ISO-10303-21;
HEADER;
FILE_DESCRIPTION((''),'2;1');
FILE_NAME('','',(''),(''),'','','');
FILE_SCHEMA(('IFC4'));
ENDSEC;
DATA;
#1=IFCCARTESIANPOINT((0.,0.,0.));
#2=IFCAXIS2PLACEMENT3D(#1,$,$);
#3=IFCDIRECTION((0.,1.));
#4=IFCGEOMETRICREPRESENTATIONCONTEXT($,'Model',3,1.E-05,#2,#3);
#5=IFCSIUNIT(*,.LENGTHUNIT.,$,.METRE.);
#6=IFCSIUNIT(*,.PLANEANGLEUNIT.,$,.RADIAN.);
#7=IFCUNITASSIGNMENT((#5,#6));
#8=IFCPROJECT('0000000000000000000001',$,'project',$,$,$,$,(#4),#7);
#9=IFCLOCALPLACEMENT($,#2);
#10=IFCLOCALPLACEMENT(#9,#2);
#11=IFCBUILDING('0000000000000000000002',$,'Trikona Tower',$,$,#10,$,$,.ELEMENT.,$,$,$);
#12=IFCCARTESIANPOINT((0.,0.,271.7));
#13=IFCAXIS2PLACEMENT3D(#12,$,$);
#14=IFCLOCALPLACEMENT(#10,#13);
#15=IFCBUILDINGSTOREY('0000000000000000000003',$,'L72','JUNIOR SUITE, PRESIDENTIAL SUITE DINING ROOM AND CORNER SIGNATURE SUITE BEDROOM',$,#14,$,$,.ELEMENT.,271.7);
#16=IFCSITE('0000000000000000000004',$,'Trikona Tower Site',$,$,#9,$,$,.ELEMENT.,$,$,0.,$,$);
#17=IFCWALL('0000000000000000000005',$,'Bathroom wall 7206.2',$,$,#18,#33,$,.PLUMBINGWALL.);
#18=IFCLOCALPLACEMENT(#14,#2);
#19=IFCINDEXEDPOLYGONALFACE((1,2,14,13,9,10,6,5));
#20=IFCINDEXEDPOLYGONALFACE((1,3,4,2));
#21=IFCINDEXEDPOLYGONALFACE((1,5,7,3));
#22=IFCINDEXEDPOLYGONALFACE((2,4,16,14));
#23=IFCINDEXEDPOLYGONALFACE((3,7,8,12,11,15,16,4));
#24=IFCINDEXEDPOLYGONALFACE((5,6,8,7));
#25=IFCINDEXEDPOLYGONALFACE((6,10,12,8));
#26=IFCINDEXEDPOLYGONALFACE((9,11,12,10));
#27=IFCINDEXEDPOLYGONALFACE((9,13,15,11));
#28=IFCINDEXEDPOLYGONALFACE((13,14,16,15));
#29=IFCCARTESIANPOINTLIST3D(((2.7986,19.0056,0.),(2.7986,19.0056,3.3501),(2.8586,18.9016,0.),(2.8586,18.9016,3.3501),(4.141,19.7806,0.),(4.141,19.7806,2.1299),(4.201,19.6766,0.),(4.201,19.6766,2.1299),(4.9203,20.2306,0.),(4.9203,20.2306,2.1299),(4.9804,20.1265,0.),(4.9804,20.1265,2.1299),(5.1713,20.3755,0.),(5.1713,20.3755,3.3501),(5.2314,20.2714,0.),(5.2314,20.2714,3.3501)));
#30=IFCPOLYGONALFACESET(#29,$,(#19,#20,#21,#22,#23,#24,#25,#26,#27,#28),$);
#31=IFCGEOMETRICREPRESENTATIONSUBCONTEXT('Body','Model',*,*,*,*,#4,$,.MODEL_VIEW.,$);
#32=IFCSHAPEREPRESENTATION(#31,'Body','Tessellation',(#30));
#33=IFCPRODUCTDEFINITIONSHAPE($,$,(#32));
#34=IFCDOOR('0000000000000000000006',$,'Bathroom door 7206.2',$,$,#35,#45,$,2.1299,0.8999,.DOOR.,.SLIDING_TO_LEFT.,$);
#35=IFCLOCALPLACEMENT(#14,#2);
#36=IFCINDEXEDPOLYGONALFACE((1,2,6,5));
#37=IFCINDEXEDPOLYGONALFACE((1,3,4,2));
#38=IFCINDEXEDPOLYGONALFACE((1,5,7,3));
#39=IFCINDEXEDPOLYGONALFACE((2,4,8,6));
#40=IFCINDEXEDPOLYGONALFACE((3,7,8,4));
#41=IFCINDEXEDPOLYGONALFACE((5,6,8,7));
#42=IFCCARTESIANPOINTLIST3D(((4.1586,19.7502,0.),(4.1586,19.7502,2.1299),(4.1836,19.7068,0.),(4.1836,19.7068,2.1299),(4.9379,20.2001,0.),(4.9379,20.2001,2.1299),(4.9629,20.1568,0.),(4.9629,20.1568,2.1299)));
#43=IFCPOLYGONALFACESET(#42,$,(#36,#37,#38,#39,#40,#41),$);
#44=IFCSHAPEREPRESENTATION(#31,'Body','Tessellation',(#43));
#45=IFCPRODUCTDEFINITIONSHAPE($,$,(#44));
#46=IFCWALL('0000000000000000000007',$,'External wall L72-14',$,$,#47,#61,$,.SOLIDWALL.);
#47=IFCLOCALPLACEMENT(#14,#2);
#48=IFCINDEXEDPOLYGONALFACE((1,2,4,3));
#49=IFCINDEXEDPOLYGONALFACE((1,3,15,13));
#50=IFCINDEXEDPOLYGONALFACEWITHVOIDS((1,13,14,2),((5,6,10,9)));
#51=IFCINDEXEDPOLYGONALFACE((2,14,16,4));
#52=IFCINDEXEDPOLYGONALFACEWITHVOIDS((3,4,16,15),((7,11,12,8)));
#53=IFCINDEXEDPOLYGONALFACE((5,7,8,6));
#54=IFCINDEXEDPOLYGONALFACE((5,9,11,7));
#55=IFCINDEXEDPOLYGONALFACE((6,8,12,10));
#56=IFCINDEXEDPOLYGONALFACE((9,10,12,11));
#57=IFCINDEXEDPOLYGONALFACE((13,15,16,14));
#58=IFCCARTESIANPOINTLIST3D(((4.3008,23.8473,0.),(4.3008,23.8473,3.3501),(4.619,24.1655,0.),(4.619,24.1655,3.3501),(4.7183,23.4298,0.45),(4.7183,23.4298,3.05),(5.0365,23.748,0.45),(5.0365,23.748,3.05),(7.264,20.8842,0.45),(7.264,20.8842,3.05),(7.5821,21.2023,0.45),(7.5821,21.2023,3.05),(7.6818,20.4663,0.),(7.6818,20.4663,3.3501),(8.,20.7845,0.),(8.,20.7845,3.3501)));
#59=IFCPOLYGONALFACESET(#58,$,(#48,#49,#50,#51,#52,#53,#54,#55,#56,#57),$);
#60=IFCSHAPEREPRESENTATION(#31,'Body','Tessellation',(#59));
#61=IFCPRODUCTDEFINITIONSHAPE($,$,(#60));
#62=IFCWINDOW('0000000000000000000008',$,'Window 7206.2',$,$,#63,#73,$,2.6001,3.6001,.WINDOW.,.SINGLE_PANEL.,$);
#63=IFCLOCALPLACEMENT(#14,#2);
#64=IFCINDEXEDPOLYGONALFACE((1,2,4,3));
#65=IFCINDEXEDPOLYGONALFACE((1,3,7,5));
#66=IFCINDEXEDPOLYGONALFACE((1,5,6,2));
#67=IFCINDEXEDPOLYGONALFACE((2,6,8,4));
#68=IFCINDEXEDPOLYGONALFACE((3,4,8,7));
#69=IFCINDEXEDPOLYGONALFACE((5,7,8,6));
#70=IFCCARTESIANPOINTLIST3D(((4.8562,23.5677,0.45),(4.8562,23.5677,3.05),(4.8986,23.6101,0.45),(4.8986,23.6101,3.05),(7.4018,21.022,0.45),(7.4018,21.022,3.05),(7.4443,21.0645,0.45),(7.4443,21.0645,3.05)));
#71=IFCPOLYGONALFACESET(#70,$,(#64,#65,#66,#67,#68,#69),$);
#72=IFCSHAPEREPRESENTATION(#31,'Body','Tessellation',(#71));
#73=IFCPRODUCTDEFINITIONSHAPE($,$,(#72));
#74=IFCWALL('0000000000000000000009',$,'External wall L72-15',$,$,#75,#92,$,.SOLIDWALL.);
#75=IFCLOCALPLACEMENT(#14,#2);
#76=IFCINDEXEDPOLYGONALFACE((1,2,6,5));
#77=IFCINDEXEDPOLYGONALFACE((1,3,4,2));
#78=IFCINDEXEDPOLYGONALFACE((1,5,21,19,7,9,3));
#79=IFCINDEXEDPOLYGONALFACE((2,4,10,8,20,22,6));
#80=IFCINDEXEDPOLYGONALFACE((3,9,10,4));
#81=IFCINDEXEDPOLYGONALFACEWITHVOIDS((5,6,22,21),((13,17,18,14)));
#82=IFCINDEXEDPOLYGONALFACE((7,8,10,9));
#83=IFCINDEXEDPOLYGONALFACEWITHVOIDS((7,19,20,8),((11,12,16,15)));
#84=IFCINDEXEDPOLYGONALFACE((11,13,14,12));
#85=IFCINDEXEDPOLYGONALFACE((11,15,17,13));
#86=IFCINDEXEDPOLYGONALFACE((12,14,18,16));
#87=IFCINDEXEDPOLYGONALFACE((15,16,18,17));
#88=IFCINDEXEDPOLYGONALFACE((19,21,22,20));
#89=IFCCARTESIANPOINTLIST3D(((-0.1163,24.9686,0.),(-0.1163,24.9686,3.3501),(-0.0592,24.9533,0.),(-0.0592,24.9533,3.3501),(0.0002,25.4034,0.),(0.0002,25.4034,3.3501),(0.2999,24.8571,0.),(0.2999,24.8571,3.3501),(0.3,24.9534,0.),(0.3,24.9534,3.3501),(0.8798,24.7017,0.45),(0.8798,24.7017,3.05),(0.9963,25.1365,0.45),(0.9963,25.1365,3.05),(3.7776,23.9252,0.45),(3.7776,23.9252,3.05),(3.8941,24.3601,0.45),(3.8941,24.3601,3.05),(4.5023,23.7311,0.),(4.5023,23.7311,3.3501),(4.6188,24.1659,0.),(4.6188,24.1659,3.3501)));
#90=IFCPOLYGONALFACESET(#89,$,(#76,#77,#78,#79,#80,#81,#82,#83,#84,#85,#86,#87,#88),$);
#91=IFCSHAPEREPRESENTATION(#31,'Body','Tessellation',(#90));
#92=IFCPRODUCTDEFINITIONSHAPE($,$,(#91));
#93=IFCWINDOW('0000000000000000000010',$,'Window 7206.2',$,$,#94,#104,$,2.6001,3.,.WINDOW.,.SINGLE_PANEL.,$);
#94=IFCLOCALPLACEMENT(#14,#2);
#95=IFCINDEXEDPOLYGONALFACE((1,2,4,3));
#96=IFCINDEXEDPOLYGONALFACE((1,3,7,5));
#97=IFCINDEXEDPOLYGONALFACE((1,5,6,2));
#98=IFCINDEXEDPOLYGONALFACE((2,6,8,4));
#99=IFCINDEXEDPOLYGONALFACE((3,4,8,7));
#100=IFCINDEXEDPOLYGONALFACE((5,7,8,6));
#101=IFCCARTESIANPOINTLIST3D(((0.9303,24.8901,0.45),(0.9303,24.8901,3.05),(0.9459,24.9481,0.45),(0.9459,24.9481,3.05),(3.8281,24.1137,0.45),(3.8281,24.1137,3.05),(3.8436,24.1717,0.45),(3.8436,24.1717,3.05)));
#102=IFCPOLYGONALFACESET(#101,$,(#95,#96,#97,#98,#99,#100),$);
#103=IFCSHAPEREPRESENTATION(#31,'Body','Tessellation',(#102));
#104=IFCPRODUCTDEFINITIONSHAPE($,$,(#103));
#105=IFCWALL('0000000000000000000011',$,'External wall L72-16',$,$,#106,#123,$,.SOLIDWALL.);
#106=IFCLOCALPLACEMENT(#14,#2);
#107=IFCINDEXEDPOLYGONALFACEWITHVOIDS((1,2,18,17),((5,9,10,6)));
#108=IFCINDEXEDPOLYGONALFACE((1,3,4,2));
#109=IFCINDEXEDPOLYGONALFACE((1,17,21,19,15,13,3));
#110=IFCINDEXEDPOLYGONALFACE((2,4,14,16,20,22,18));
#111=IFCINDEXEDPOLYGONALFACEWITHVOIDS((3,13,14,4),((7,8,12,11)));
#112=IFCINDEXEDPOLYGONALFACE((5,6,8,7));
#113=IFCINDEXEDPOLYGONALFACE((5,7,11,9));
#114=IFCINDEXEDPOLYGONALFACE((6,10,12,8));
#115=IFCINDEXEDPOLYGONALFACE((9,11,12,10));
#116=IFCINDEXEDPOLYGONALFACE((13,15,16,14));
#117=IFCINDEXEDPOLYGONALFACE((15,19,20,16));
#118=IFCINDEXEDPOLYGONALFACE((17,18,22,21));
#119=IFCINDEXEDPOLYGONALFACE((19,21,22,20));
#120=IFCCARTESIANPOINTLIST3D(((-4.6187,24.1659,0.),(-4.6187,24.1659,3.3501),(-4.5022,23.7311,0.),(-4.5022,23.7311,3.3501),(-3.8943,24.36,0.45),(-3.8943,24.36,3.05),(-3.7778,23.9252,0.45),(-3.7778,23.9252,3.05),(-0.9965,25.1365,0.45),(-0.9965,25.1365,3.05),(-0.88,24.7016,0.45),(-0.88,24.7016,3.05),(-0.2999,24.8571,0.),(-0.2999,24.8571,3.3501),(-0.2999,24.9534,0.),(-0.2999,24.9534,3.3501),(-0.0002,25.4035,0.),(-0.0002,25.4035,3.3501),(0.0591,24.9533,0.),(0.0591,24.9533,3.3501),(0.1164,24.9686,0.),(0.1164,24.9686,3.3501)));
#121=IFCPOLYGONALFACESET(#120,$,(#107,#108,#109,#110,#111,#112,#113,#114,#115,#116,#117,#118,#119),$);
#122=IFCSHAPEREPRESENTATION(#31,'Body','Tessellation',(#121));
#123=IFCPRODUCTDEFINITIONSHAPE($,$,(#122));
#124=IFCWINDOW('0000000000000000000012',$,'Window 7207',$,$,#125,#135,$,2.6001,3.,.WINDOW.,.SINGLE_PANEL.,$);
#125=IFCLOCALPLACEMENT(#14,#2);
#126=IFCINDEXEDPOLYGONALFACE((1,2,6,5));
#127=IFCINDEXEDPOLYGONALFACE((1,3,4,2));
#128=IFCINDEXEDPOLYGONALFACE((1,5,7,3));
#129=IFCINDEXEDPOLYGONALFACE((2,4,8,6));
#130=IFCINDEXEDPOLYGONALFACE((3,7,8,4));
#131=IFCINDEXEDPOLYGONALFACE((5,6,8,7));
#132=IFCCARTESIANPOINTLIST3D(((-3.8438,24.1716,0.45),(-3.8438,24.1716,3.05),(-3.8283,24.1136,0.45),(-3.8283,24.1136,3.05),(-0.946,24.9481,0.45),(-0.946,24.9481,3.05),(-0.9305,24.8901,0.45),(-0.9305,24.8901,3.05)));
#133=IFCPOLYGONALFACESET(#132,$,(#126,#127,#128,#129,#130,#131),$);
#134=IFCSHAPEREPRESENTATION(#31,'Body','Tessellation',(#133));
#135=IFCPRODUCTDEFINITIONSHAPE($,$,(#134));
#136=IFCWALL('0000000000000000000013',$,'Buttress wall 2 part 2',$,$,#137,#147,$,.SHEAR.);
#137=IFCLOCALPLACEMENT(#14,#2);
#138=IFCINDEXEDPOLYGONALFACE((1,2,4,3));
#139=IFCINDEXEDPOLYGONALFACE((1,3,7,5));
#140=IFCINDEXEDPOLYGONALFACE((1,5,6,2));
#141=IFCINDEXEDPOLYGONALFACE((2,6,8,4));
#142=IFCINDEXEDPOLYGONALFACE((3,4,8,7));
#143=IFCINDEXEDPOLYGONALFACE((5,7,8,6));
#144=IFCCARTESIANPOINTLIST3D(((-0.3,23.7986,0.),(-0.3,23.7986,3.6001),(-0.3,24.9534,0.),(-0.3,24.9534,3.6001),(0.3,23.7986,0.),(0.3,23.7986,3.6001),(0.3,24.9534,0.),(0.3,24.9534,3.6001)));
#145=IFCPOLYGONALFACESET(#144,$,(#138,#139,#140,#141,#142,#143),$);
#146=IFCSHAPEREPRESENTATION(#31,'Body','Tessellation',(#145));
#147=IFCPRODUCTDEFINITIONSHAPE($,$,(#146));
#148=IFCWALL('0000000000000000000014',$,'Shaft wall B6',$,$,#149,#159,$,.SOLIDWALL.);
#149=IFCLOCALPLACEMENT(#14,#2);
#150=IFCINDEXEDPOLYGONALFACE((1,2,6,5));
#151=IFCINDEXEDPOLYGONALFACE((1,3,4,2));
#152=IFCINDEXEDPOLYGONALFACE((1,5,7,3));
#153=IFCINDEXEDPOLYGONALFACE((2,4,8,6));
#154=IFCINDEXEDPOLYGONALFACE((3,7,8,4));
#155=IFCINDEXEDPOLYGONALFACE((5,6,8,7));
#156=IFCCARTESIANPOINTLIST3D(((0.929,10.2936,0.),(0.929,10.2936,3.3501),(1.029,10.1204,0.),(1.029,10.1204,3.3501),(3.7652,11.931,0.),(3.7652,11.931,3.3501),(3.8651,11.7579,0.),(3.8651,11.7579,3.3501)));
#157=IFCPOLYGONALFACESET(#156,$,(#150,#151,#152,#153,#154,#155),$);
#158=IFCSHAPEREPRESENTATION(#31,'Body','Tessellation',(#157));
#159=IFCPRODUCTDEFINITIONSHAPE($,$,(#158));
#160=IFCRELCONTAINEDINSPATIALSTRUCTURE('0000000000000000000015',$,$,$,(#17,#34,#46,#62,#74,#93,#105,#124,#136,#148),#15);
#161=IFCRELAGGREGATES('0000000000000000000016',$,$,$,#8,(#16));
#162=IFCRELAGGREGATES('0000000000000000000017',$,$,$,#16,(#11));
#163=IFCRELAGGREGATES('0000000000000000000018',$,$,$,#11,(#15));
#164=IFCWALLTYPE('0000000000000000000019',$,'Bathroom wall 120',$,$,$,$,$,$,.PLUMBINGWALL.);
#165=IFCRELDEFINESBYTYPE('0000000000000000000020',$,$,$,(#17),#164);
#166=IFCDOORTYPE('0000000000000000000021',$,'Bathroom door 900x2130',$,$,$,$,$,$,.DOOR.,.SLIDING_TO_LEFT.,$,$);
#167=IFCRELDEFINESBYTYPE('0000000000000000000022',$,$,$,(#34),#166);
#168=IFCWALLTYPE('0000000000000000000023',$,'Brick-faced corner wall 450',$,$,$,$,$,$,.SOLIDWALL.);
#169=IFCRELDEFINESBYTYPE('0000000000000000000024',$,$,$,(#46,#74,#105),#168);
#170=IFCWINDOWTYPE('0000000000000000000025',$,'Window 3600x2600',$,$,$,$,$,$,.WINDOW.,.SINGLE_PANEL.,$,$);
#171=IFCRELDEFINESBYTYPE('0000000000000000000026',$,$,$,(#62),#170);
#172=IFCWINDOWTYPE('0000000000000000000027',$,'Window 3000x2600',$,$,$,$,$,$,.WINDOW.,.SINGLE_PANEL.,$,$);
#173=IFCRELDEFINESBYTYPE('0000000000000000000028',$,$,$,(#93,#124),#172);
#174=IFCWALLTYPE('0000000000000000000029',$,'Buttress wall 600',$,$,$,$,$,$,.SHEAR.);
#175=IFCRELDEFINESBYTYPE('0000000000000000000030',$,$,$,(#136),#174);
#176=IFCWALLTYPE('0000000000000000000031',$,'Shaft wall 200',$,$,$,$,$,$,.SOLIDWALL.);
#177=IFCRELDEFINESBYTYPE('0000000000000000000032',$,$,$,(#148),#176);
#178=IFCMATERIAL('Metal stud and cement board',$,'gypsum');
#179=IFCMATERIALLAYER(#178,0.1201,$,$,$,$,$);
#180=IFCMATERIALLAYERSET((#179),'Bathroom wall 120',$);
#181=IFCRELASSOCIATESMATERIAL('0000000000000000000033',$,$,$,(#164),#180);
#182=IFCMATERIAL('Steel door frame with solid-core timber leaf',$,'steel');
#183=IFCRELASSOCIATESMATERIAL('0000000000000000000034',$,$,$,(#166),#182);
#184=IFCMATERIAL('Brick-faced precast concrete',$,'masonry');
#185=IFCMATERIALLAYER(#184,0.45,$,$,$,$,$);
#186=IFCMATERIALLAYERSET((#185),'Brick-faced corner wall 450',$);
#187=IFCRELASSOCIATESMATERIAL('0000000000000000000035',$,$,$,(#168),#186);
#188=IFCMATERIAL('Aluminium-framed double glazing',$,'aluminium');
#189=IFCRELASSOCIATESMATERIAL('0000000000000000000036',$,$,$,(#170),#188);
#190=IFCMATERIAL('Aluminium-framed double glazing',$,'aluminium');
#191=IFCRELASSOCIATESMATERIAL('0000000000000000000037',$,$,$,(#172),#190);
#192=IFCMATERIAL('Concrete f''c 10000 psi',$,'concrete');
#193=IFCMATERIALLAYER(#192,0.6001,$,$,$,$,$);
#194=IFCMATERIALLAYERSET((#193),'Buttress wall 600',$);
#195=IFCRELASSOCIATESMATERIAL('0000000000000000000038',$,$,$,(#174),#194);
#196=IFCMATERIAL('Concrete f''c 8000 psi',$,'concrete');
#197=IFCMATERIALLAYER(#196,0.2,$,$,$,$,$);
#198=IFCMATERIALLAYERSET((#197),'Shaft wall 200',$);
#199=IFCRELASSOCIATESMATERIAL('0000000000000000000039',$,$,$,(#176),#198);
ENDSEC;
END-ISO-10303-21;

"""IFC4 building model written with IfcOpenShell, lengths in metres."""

from ifc_helpers import new_model, si_unit, direction, frame, frame_2d, origin, place, context, subcontext, project, spatial, polyline, rectangle, outline, extrude, material, layer, layer_set, type_object, element, fill, save


model = new_model("IFC4")

# Units and contexts
model_context = context("Model", 3, precision=1e-05, world=origin(), true_north=direction((0.0, 1.0)))
body_context = subcontext(model_context, "Body", "Model", "MODEL_VIEW")
ifc_project = project(units=[si_unit("LENGTHUNIT", "METRE"), si_unit("PLANEANGLEUNIT", "RADIAN")], contexts=[model_context])

# Site, building, storey
site_placement = place(None, origin())
site = spatial("IfcSite", under=ifc_project, at=site_placement, Name="Trikona Tower Site", CompositionType="ELEMENT", RefElevation=0.0)
building_placement = place(site_placement, origin())
building = spatial("IfcBuilding", under=site, at=building_placement, Name="Trikona Tower", CompositionType="ELEMENT")
storey_placement = place(building_placement, frame((0.0, 0.0, 271.7)))
storey = spatial("IfcBuildingStorey", under=building, at=storey_placement, Name="L72", Description="JUNIOR SUITE, PRESIDENTIAL SUITE DINING ROOM AND CORNER SIGNATURE SUITE BEDROOM", CompositionType="ELEMENT", Elevation=271.7)

# Shared definitions
ifc_material_1 = material(Name="Metal stud and cement board", Category="gypsum")
ifc_layer_1 = layer(ifc_material_1, 0.1201)
ifc_layer_set_1 = layer_set([ifc_layer_1], Name="Bathroom wall 120")
wall_type_1 = type_object("IfcWallType", Name="Bathroom wall 120", PredefinedType="PLUMBINGWALL", material=ifc_layer_set_1)

# Wall, opening, door
wall_1_placement = place(storey_placement, frame((2.8286, 18.9536, 0.0), z_axis=(0.0, 0.0, 1.0), x_axis=(0.866036, 0.499982, 0.0)))
wall_1 = element("IfcWall", 1, at=wall_1_placement, inside=storey, type_object=wall_type_1, Name="Bathroom wall 7206.2", PredefinedType="PLUMBINGWALL", context=body_context, shape_type="SweptSolid", body=[
    extrude(rectangle(XDim=2.7397, YDim=0.1201, at=frame_2d((1.3699, 0.0))), origin(), (0.0, 0.0, 1.0), 3.3501),
])
opening_1_placement = place(wall_1_placement, frame((1.55, 0.0, 0.0)))
opening_1 = element("IfcOpeningElement", 2, at=opening_1_placement, cuts=wall_1, PredefinedType="OPENING", context=body_context, shape_type="SweptSolid", body=[
    extrude(rectangle(XDim=0.8999, YDim=2.1299, at=frame_2d((0.45, 1.0649))), frame((0.0, 0.0701, 0.0), z_axis=(0.0, -1.0, 0.0), x_axis=(1.0, 0.0, 0.0)), (0.0, 0.0, 1.0), 0.1401),
])
ifc_material_2 = material(Name="Steel door frame with solid-core timber leaf", Category="steel")
door_type_1 = type_object("IfcDoorType", Name="Bathroom door 900x2130", OperationType="SLIDING_TO_LEFT", PredefinedType="DOOR", material=ifc_material_2)
door_1_placement = place(opening_1_placement, origin())
door_1 = element("IfcDoor", 3, at=door_1_placement, inside=storey, type_object=door_type_1, Name="Bathroom door 7206.2", OperationType="SLIDING_TO_LEFT", OverallHeight=2.1299, OverallWidth=0.8999, PredefinedType="DOOR", context=body_context, shape_type="SweptSolid", body=[
    extrude(rectangle(XDim=0.8999, YDim=2.1299, at=frame_2d((0.45, 1.0649))), frame((0.0, 0.0249, 0.0), z_axis=(0.0, -1.0, 0.0), x_axis=(1.0, 0.0, 0.0)), (0.0, 0.0, 1.0), 0.05),
])
fill(opening_1, door_1)

# Walls, openings, windows
ifc_material_3 = material(Name="Brick-faced precast concrete", Category="masonry")
ifc_layer_2 = layer(ifc_material_3, 0.45)
ifc_layer_set_2 = layer_set([ifc_layer_2], Name="Brick-faced corner wall 450")
wall_type_2 = type_object("IfcWallType", Name="Brick-faced corner wall 450", PredefinedType="SOLIDWALL", material=ifc_layer_set_2)
wall_2_placement = place(storey_placement, frame((7.8408, 20.6255, 0.0), z_axis=(0.0, 0.0, 1.0), x_axis=(-0.707107, 0.707107, 0.0)))
wall_2 = element("IfcWall", 4, at=wall_2_placement, inside=storey, type_object=wall_type_2, Name="External wall L72-14", PredefinedType="SOLIDWALL", context=body_context, shape_type="SweptSolid", body=[
    extrude(rectangle(XDim=4.7815, YDim=0.45, at=frame_2d((2.3906, 0.0))), origin(), (0.0, 0.0, 1.0), 3.3501),
])
opening_2_placement = place(wall_2_placement, frame((0.5908, 0.0, 0.45)))
opening_2 = element("IfcOpeningElement", 5, at=opening_2_placement, cuts=wall_2, PredefinedType="OPENING", context=body_context, shape_type="SweptSolid", body=[
    extrude(rectangle(XDim=3.6001, YDim=2.6001, at=frame_2d((1.8, 1.3))), frame((0.0, 0.2349, 0.0), z_axis=(0.0, -1.0, 0.0), x_axis=(1.0, 0.0, 0.0)), (0.0, 0.0, 1.0), 0.47),
])
ifc_material_4 = material(Name="Aluminium-framed double glazing", Category="aluminium")
window_type_1 = type_object("IfcWindowType", Name="Window 3600x2600", PartitioningType="SINGLE_PANEL", PredefinedType="WINDOW", material=ifc_material_4)
window_1_placement = place(opening_2_placement, origin())
window_1 = element("IfcWindow", 6, at=window_1_placement, inside=storey, type_object=window_type_1, Name="Window 7206.2", OverallHeight=2.6001, OverallWidth=3.6001, PartitioningType="SINGLE_PANEL", PredefinedType="WINDOW", context=body_context, shape_type="SweptSolid", body=[
    extrude(rectangle(XDim=3.6001, YDim=2.6001, at=frame_2d((1.8, 1.3))), frame((0.0, 0.03, 0.0), z_axis=(0.0, -1.0, 0.0), x_axis=(1.0, 0.0, 0.0)), (0.0, 0.0, 1.0), 0.0601),
])
fill(opening_2, window_1)
wall_3_placement = place(storey_placement, frame((4.5605, 23.9485, 0.0), z_axis=(0.0, 0.0, 1.0), x_axis=(-0.965927, 0.258816, 0.0)))
wall_3 = element("IfcWall", 7, at=wall_3_placement, inside=storey, type_object=wall_type_2, Name="External wall L72-15", PredefinedType="SOLIDWALL", context=body_context, shape_type="SweptSolid", body=[
    extrude(outline(polyline([(4.7815, 0.2251), (4.7224, 0.2251), (4.3755, 0.1321), (4.3506, 0.2251), (0.0, 0.2251), (0.0, -0.2251), (4.7815, -0.2251), (4.7815, 0.2251)])), origin(), (0.0, 0.0, 1.0), 3.3501),
])
opening_3_placement = place(wall_3_placement, frame((0.7502, 0.0, 0.45)))
opening_3 = element("IfcOpeningElement", 8, at=opening_3_placement, cuts=wall_3, PredefinedType="OPENING", context=body_context, shape_type="SweptSolid", body=[
    extrude(rectangle(XDim=3.0, YDim=2.6001, at=frame_2d((1.5, 1.3))), frame((0.0, 0.2349, 0.0), z_axis=(0.0, -1.0, 0.0), x_axis=(1.0, 0.0, 0.0)), (0.0, 0.0, 1.0), 0.47),
])
ifc_material_5 = material(Name="Aluminium-framed double glazing", Category="aluminium")
window_type_2 = type_object("IfcWindowType", Name="Window 3000x2600", PartitioningType="SINGLE_PANEL", PredefinedType="WINDOW", material=ifc_material_5)
window_2_placement = place(opening_3_placement, origin())
window_2 = element("IfcWindow", 9, at=window_2_placement, inside=storey, type_object=window_type_2, Name="Window 7206.2", OverallHeight=2.6001, OverallWidth=3.0, PartitioningType="SINGLE_PANEL", PredefinedType="WINDOW", context=body_context, shape_type="SweptSolid", body=[
    extrude(rectangle(XDim=3.0, YDim=2.6001, at=frame_2d((1.5, 1.3))), frame((0.0, 0.03, 0.0), z_axis=(0.0, -1.0, 0.0), x_axis=(1.0, 0.0, 0.0)), (0.0, 0.0, 1.0), 0.0601),
])
fill(opening_3, window_2)
wall_4_placement = place(storey_placement, frame((0.0581, 25.186, 0.0), z_axis=(0.0, 0.0, 1.0), x_axis=(-0.965927, -0.258816, 0.0)))
wall_4 = element("IfcWall", 10, at=wall_4_placement, inside=storey, type_object=wall_type_2, Name="External wall L72-16", PredefinedType="SOLIDWALL", context=body_context, shape_type="SweptSolid", body=[
    extrude(outline(polyline([(4.7815, 0.2251), (0.4309, 0.2251), (0.406, 0.1321), (0.0593, 0.2251), (0.0, 0.2251), (0.0, -0.2251), (4.7815, -0.2251), (4.7815, 0.2251)])), origin(), (0.0, 0.0, 1.0), 3.3501),
])
opening_4_placement = place(wall_4_placement, frame((1.0315, 0.0, 0.45)))
opening_4 = element("IfcOpeningElement", 11, at=opening_4_placement, cuts=wall_4, PredefinedType="OPENING", context=body_context, shape_type="SweptSolid", body=[
    extrude(rectangle(XDim=3.0, YDim=2.6001, at=frame_2d((1.5, 1.3))), frame((0.0, 0.2349, 0.0), z_axis=(0.0, -1.0, 0.0), x_axis=(1.0, 0.0, 0.0)), (0.0, 0.0, 1.0), 0.47),
])
window_3_placement = place(opening_4_placement, origin())
window_3 = element("IfcWindow", 12, at=window_3_placement, inside=storey, type_object=window_type_2, Name="Window 7207", OverallHeight=2.6001, OverallWidth=3.0, PartitioningType="SINGLE_PANEL", PredefinedType="WINDOW", context=body_context, shape_type="SweptSolid", body=[
    extrude(rectangle(XDim=3.0, YDim=2.6001, at=frame_2d((1.5, 1.3))), frame((0.0, 0.03, 0.0), z_axis=(0.0, -1.0, 0.0), x_axis=(1.0, 0.0, 0.0)), (0.0, 0.0, 1.0), 0.0601),
])
fill(opening_4, window_3)

# Walls
ifc_material_6 = material(Name="Concrete f'c 10000 psi", Category="concrete")
ifc_layer_3 = layer(ifc_material_6, 0.6001)
ifc_layer_set_3 = layer_set([ifc_layer_3], Name="Buttress wall 600")
wall_type_3 = type_object("IfcWallType", Name="Buttress wall 600", PredefinedType="SHEAR", material=ifc_layer_set_3)
wall_5_placement = place(storey_placement, frame((0.0, 23.7986, 0.0), z_axis=(0.0, 0.0, 1.0), x_axis=(0.0, 1.0, 0.0)))
element("IfcWall", 13, at=wall_5_placement, inside=storey, type_object=wall_type_3, Name="Buttress wall 2 part 2", PredefinedType="SHEAR", context=body_context, shape_type="SweptSolid", body=[
    extrude(rectangle(XDim=1.1548, YDim=0.6001, at=frame_2d((0.5774, 0.0))), origin(), (0.0, 0.0, 1.0), 3.6001),
])
ifc_material_7 = material(Name="Concrete f'c 8000 psi", Category="concrete")
ifc_layer_4 = layer(ifc_material_7, 0.2)
ifc_layer_set_4 = layer_set([ifc_layer_4], Name="Shaft wall 200")
wall_type_4 = type_object("IfcWallType", Name="Shaft wall 200", PredefinedType="SOLIDWALL", material=ifc_layer_set_4)
wall_6_placement = place(storey_placement, frame((0.979, 10.207, 0.0), z_axis=(0.0, 0.0, 1.0), x_axis=(0.866028, 0.499996, 0.0)))
element("IfcWall", 14, at=wall_6_placement, inside=storey, type_object=wall_type_4, Name="Shaft wall B6", PredefinedType="SOLIDWALL", context=body_context, shape_type="SweptSolid", body=[
    extrude(rectangle(XDim=3.2749, YDim=0.2, at=frame_2d((1.6375, 0.0))), origin(), (0.0, 0.0, 1.0), 3.3501),
])

save(model, "model.ifc")
